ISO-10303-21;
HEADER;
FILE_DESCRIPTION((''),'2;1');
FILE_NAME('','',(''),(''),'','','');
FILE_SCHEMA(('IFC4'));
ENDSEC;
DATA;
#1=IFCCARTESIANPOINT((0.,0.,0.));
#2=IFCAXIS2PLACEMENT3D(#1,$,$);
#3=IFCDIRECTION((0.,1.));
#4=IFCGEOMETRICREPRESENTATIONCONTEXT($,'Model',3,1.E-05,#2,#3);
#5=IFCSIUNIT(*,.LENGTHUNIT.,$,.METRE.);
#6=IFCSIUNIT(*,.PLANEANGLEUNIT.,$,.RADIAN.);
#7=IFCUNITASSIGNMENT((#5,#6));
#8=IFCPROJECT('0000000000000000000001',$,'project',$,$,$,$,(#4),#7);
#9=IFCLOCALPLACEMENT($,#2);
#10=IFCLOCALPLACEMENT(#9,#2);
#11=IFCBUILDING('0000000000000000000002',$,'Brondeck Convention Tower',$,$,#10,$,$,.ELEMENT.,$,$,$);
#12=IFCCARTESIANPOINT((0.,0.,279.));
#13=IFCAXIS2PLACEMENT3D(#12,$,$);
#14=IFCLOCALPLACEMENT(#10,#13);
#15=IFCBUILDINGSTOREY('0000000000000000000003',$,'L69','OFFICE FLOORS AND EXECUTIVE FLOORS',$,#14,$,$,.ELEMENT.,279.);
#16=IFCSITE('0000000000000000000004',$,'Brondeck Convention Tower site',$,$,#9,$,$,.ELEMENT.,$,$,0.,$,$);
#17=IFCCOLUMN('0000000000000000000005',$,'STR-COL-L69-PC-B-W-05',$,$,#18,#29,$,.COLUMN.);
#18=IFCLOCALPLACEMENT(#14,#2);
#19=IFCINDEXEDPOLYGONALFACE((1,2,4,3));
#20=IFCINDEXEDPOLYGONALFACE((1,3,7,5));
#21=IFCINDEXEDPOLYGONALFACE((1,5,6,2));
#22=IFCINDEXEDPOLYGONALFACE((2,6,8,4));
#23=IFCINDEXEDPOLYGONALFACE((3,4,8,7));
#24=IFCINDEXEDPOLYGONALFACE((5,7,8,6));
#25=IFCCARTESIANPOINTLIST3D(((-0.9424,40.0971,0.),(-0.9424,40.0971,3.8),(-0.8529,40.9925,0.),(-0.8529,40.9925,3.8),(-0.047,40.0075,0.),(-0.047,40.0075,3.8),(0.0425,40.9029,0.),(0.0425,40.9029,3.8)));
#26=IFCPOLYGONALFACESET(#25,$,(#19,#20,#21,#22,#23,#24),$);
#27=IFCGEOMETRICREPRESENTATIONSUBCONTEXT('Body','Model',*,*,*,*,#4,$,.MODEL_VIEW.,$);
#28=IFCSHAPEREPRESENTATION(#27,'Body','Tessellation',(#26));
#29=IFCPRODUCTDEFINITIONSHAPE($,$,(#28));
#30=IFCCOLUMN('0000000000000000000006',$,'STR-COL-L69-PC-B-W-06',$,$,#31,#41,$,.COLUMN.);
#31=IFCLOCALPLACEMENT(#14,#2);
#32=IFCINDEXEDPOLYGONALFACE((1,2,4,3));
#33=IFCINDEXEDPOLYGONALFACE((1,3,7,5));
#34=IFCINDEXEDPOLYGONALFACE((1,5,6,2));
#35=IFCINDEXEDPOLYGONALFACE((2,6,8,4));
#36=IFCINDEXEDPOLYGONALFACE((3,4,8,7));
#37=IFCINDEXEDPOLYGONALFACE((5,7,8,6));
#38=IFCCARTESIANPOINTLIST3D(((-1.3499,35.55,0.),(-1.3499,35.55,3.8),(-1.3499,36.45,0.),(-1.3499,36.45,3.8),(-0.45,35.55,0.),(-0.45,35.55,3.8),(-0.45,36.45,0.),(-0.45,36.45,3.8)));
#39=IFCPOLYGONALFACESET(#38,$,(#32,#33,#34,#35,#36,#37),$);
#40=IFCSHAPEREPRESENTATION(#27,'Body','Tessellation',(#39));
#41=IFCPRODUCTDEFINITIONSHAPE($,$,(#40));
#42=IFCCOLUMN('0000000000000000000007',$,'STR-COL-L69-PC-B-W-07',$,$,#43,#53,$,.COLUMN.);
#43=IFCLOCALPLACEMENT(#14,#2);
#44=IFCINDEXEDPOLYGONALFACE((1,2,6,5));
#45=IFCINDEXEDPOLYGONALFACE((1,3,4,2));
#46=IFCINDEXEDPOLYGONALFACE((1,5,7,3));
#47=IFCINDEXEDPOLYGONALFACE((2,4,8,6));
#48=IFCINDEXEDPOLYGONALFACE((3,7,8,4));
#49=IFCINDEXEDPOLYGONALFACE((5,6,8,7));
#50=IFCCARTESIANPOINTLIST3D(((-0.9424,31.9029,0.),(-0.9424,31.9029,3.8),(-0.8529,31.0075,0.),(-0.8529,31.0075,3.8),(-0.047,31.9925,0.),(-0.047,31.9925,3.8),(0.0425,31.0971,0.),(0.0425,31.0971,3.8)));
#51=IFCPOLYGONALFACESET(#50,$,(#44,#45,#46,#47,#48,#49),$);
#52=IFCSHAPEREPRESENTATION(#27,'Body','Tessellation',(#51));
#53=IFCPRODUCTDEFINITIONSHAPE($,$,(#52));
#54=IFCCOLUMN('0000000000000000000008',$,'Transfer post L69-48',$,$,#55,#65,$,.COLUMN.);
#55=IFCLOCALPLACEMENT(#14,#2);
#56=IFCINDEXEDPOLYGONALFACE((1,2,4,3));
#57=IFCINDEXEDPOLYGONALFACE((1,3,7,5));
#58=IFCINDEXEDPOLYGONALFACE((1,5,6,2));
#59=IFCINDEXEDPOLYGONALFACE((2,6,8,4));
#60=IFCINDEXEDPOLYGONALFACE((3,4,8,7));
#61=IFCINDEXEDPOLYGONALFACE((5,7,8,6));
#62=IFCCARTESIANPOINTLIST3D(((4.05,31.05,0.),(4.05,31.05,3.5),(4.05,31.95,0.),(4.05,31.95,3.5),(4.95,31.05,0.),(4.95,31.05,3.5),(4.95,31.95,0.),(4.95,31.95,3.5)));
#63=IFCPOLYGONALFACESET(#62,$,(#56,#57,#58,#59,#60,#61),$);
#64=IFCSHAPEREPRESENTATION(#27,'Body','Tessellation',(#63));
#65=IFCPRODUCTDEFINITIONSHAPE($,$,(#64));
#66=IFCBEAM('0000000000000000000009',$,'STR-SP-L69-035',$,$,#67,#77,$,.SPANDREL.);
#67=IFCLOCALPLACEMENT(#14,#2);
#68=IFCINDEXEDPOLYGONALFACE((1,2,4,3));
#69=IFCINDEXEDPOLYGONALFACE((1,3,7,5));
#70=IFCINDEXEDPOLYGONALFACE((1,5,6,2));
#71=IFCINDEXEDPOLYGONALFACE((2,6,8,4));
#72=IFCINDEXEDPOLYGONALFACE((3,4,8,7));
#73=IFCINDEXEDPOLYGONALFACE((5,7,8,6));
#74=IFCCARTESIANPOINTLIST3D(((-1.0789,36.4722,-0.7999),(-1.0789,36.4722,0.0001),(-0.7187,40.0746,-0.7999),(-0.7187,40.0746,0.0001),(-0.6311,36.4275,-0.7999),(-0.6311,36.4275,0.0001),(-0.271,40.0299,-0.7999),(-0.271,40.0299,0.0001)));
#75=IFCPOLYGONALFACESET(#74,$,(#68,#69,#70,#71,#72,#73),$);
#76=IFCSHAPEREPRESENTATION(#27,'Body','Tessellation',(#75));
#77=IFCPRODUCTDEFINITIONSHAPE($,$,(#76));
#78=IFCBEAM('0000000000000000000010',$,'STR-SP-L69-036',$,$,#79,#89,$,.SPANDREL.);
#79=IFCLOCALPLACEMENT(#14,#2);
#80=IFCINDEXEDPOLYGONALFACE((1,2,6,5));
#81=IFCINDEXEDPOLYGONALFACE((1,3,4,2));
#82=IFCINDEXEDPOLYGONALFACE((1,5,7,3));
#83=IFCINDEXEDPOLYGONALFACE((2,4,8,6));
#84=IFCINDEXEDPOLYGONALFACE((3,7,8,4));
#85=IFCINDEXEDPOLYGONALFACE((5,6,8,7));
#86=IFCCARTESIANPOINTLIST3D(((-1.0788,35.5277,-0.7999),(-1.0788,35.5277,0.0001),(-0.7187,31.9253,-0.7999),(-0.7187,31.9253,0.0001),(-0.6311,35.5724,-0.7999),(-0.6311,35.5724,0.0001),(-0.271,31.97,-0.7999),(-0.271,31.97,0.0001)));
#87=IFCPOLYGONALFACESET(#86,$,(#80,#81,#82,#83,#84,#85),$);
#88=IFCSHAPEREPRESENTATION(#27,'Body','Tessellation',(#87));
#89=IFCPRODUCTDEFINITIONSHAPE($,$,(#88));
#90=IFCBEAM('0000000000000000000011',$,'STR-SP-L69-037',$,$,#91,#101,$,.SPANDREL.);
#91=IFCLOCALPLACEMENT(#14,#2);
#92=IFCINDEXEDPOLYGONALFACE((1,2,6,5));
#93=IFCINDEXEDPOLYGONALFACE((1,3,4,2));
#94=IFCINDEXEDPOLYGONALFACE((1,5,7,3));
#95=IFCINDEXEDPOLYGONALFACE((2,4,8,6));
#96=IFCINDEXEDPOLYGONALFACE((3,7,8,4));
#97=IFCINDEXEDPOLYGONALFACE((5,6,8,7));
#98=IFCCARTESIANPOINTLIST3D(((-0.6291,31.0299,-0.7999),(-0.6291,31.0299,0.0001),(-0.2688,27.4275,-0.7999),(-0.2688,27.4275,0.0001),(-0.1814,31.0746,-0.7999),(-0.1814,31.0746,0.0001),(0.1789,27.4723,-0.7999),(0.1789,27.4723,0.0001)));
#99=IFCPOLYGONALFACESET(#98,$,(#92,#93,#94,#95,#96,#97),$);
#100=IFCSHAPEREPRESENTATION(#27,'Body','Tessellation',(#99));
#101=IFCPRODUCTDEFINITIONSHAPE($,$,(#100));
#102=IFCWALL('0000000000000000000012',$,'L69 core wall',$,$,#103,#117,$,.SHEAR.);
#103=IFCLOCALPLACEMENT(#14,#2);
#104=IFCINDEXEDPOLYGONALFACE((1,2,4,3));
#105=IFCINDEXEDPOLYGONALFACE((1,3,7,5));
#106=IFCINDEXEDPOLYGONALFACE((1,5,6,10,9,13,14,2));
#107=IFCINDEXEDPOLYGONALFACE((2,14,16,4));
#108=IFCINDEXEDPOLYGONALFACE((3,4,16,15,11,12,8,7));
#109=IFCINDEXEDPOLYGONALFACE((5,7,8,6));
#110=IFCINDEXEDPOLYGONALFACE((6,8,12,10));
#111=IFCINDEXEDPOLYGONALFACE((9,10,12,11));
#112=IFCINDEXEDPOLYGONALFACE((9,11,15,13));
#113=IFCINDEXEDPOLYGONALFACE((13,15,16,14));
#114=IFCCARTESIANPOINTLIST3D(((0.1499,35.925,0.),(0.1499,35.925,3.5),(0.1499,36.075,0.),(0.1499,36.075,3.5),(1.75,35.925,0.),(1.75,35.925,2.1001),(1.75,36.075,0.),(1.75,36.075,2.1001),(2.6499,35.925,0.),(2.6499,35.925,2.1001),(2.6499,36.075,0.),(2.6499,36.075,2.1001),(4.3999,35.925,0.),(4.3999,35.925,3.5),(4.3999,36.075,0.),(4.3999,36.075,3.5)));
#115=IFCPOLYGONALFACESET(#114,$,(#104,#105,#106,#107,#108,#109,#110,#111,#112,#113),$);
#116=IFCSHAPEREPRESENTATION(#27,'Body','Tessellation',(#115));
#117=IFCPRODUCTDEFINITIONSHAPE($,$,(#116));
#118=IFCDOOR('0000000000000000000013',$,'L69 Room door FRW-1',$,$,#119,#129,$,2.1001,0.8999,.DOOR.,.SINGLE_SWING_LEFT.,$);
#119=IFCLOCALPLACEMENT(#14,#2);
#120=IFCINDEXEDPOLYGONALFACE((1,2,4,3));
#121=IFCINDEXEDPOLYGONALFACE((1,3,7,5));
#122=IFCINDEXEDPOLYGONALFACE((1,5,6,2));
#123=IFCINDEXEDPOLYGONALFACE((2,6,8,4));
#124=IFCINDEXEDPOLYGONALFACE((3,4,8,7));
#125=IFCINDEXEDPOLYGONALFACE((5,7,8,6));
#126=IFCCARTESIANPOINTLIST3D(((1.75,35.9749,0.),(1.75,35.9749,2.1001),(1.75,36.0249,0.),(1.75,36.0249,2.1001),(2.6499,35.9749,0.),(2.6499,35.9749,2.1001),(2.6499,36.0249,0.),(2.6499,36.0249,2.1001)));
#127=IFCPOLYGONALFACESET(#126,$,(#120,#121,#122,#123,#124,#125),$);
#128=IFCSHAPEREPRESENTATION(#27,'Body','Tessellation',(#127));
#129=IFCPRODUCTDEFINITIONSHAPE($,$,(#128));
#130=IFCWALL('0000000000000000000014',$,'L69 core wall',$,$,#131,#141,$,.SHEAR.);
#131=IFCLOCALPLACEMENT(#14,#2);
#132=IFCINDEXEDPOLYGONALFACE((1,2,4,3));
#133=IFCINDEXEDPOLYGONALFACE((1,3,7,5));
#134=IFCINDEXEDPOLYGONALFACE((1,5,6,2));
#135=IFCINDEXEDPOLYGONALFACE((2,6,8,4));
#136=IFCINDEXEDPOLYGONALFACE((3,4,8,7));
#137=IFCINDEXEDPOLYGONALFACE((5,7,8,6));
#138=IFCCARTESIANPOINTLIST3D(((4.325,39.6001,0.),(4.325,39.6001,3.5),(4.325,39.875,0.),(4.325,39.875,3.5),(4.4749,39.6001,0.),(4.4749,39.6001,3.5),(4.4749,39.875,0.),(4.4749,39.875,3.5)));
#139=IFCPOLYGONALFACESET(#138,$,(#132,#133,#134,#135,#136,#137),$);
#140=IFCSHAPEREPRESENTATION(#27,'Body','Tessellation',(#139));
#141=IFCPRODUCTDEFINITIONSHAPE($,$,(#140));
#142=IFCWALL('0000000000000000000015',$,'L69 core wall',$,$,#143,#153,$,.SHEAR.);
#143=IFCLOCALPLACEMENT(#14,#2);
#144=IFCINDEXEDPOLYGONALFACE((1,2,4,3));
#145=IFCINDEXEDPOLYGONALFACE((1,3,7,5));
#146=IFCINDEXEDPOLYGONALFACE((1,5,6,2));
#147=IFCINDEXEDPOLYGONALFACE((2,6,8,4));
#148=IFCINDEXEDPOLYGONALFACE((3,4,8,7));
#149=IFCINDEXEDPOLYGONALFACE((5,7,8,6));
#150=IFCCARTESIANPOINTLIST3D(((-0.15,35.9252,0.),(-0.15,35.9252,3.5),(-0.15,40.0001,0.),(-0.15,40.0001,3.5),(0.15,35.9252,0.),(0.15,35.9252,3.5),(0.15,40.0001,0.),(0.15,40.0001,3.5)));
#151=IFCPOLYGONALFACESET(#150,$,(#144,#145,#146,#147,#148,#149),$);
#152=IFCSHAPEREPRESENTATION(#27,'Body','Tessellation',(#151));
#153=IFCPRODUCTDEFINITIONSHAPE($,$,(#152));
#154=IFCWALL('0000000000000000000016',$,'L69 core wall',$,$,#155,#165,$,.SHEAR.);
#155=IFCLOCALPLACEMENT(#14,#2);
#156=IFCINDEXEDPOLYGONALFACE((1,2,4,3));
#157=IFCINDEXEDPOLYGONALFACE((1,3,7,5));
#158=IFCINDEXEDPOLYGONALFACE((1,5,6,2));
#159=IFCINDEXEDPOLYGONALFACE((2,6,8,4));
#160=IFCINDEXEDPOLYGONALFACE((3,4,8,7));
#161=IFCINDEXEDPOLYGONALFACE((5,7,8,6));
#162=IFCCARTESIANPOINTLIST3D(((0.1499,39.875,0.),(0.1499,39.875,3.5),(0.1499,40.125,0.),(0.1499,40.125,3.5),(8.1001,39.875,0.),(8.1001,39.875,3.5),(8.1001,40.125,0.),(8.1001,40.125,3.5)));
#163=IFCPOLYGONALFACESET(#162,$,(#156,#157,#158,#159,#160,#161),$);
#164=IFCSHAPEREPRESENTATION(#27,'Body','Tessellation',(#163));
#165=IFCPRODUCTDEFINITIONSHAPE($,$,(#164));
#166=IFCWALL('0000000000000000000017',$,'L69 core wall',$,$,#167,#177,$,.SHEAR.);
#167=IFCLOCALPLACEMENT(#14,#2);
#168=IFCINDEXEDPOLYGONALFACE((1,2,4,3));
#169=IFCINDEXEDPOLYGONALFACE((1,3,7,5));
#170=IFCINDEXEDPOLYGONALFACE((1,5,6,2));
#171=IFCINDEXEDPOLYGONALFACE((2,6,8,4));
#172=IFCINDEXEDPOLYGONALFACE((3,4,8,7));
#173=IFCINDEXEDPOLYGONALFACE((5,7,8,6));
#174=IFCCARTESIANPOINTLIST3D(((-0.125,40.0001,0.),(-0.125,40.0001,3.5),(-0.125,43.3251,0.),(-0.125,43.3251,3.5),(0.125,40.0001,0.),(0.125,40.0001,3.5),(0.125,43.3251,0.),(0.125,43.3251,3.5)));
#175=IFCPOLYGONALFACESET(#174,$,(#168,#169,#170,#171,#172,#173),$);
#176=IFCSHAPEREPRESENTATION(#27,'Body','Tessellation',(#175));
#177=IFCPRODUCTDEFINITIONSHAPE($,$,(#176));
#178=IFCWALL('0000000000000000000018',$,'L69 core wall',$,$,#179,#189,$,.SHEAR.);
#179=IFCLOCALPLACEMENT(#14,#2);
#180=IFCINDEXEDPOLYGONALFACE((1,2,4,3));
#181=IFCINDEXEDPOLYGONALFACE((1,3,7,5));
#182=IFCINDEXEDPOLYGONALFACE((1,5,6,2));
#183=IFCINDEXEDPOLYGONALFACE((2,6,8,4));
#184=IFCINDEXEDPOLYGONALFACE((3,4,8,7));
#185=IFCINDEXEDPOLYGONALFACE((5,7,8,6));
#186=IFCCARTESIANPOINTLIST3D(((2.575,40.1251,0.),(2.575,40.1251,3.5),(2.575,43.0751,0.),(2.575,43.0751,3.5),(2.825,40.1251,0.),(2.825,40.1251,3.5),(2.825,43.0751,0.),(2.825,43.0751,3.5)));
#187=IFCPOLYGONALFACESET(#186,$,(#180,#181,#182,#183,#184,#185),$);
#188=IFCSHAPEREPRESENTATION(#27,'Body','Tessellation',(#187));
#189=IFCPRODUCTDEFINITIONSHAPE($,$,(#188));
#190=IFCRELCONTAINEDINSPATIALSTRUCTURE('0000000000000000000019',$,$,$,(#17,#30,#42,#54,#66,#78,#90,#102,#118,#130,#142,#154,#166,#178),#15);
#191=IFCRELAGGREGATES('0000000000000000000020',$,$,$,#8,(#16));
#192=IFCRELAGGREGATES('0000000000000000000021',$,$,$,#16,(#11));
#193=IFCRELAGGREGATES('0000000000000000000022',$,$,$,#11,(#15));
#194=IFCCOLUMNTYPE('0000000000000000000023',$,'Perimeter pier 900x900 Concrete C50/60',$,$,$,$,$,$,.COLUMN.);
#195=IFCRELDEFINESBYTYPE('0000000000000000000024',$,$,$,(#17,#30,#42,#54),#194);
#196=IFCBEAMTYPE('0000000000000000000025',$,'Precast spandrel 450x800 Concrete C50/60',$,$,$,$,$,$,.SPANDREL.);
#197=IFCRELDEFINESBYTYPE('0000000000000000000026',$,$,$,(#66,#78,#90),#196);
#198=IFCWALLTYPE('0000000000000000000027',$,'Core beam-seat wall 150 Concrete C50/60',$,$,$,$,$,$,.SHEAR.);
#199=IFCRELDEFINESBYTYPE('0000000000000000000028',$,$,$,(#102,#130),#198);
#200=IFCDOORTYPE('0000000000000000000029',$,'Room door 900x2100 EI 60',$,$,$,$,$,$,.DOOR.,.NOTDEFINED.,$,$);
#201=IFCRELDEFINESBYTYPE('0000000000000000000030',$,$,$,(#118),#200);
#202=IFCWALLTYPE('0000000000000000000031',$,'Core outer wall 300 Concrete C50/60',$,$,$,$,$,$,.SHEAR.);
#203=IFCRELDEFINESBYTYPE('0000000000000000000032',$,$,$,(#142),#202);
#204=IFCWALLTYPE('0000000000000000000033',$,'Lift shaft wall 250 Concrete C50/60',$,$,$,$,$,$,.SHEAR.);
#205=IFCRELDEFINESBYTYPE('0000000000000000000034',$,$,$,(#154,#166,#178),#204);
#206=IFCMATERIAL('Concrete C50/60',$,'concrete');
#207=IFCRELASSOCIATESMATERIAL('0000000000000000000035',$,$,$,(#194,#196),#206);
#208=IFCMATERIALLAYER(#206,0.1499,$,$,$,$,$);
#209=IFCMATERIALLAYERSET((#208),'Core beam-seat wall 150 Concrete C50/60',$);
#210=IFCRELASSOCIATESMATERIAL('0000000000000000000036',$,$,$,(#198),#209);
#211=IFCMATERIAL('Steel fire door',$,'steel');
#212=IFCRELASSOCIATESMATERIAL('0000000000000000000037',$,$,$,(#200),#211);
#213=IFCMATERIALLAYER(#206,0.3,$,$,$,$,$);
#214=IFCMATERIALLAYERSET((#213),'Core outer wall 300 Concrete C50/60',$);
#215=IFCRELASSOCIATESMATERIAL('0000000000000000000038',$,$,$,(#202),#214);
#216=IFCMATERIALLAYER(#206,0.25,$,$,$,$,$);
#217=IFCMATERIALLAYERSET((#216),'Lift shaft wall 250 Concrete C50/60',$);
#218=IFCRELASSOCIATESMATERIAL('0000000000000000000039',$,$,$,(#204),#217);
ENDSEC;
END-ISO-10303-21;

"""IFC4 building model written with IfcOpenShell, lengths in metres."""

from ifc_helpers import new_model, si_unit, direction, frame, frame_2d, origin, origin_2d, place, context, subcontext, project, spatial, rectangle, extrude, material, layer, layer_set, material_profile, profile_set, type_object, element, fill, save


model = new_model("IFC4")

# Units and contexts
model_context = context("Model", 3, precision=1e-05, world=origin(), true_north=direction((0.0, 1.0)))
body_context = subcontext(model_context, "Body", "Model", "MODEL_VIEW")
ifc_project = project(units=[si_unit("LENGTHUNIT", "METRE"), si_unit("PLANEANGLEUNIT", "RADIAN")], contexts=[model_context])

# Site, building, storey
site_placement = place(None, origin())
site = spatial("IfcSite", under=ifc_project, at=site_placement, Name="Brondeck Convention Tower site", CompositionType="ELEMENT", RefElevation=0.0)
building_placement = place(site_placement, origin())
building = spatial("IfcBuilding", under=site, at=building_placement, Name="Brondeck Convention Tower", CompositionType="ELEMENT")
storey_placement = place(building_placement, frame((0.0, 0.0, 279.0)))
storey = spatial("IfcBuildingStorey", under=building, at=storey_placement, Name="L69", Description="OFFICE FLOORS AND EXECUTIVE FLOORS", CompositionType="ELEMENT", Elevation=279.0)

# Columns
ifc_material_1 = material(Name="Concrete C50/60", Category="concrete")
ifc_material_profile_1 = material_profile(ifc_material_1, rectangle(XDim=0.8999, YDim=0.8999, at=origin_2d()), Name="Perimeter pier 900x900 Concrete C50/60")
ifc_profile_set_1 = profile_set([ifc_material_profile_1], Name="Concrete C50/60")
column_type = type_object("IfcColumnType", Name="Perimeter pier 900x900 Concrete C50/60", PredefinedType="COLUMN", material=ifc_profile_set_1)
for number, where, z_axis, x_axis, name in (
    (1, (-0.45, 40.5, 0.0), (0.0, 0.0, 1.0), (-0.099504, -0.995037, 0.0), "STR-COL-L69-PC-B-W-05"),
    (2, (-0.8999, 36.0, 0.0), (0.0, 0.0, 1.0), (0.0, -1.0, 0.0), "STR-COL-L69-PC-B-W-06"),
    (3, (-0.45, 31.5, 0.0), (0.0, 0.0, 1.0), (0.099504, -0.995037, 0.0), "STR-COL-L69-PC-B-W-07"),
):
    element("IfcColumn", number, at=place(storey_placement, frame(where, z_axis=z_axis, x_axis=x_axis)), inside=storey, type_object=column_type, Name=name, PredefinedType="COLUMN", context=body_context, shape_type="SweptSolid", body=[
        extrude(rectangle(XDim=0.8999, YDim=0.8999, at=origin_2d()), origin(), (0.0, 0.0, 1.0), 3.8),
    ])
column_placement = place(storey_placement, frame((4.5, 31.5, 0.0), z_axis=(0.0, 0.0, 1.0), x_axis=(1.0, 0.0, 0.0)))
element("IfcColumn", 4, at=column_placement, inside=storey, type_object=column_type, Name="Transfer post L69-48", PredefinedType="COLUMN", context=body_context, shape_type="SweptSolid", body=[
    extrude(rectangle(XDim=0.8999, YDim=0.8999, at=origin_2d()), origin(), (0.0, 0.0, 1.0), 3.5),
])

# Beams
ifc_material_profile_2 = material_profile(ifc_material_1, rectangle(XDim=0.45, YDim=0.8, at=origin_2d()), Name="Precast spandrel 450x800 Concrete C50/60")
ifc_profile_set_2 = profile_set([ifc_material_profile_2], Name="Concrete C50/60")
beam_type = type_object("IfcBeamType", Name="Precast spandrel 450x800 Concrete C50/60", PredefinedType="SPANDREL", material=ifc_profile_set_2)
for number, where, z_axis, x_axis, name in (
    (5, (-0.4949, 40.0522, -0.3999), (-0.09947, -0.995041, 0.0), (0.995041, -0.09947, 0.0), "STR-SP-L69-035"),
    (6, (-0.855, 35.55, -0.3999), (0.09947, -0.995041, 0.0), (0.995041, 0.09947, 0.0), "STR-SP-L69-036"),
    (7, (-0.4053, 31.0522, -0.3999), (0.099537, -0.995034, 0.0), (0.995034, 0.099537, 0.0), "STR-SP-L69-037"),
):
    element("IfcBeam", number, at=place(storey_placement, frame(where, z_axis=z_axis, x_axis=x_axis)), inside=storey, type_object=beam_type, Name=name, PredefinedType="SPANDREL", context=body_context, shape_type="SweptSolid", body=[
        extrude(rectangle(XDim=0.45, YDim=0.8, at=origin_2d()), origin(), (0.0, 0.0, 1.0), 3.6204),
    ])

# Wall, opening, door
ifc_layer_1 = layer(ifc_material_1, 0.1499)
ifc_layer_set_1 = layer_set([ifc_layer_1], Name="Core beam-seat wall 150 Concrete C50/60")
wall_type_1 = type_object("IfcWallType", Name="Core beam-seat wall 150 Concrete C50/60", PredefinedType="SHEAR", material=ifc_layer_set_1)
wall_1_placement = place(storey_placement, frame((0.1499, 36.0, 0.0), z_axis=(0.0, 0.0, 1.0), x_axis=(1.0, 0.0, 0.0)))
wall_1 = element("IfcWall", 8, at=wall_1_placement, inside=storey, type_object=wall_type_1, Name="L69 core wall", PredefinedType="SHEAR", context=body_context, shape_type="SweptSolid", body=[
    extrude(rectangle(XDim=4.25, YDim=0.1499, at=frame_2d((2.125, 0.0))), origin(), (0.0, 0.0, 1.0), 3.5),
])
opening_1_placement = place(wall_1_placement, frame((1.6001, 0.0, 0.0)))
opening_1 = element("IfcOpeningElement", 9, at=opening_1_placement, cuts=wall_1, PredefinedType="OPENING", context=body_context, shape_type="SweptSolid", body=[
    extrude(rectangle(XDim=0.8999, YDim=2.1001, at=frame_2d((0.45, 1.05))), frame((0.0, 0.085, 0.0), z_axis=(0.0, -1.0, 0.0), x_axis=(1.0, 0.0, 0.0)), (0.0, 0.0, 1.0), 0.1699),
])
ifc_material_2 = material(Name="Steel fire door", Category="steel")
door_type_1 = type_object("IfcDoorType", Name="Room door 900x2100 EI 60", OperationType="NOTDEFINED", PredefinedType="DOOR", material=ifc_material_2)
door_1_placement = place(opening_1_placement, origin())
door_1 = element("IfcDoor", 10, at=door_1_placement, inside=storey, type_object=door_type_1, Name="L69 Room door FRW-1", OperationType="SINGLE_SWING_LEFT", OverallHeight=2.1001, OverallWidth=0.8999, PredefinedType="DOOR", context=body_context, shape_type="SweptSolid", body=[
    extrude(rectangle(XDim=0.8999, YDim=2.1001, at=frame_2d((0.45, 1.05))), frame((0.0, 0.0249, 0.0), z_axis=(0.0, -1.0, 0.0), x_axis=(1.0, 0.0, 0.0)), (0.0, 0.0, 1.0), 0.05),
])
fill(opening_1, door_1)

# Walls
wall_2_placement = place(storey_placement, frame((4.3999, 39.6001, 0.0), z_axis=(0.0, 0.0, 1.0), x_axis=(0.0, 1.0, 0.0)))
element("IfcWall", 11, at=wall_2_placement, inside=storey, type_object=wall_type_1, Name="L69 core wall", PredefinedType="SHEAR", context=body_context, shape_type="SweptSolid", body=[
    extrude(rectangle(XDim=0.2749, YDim=0.1499, at=frame_2d((0.1375, 0.0))), origin(), (0.0, 0.0, 1.0), 3.5),
])
ifc_layer_2 = layer(ifc_material_1, 0.3)
ifc_layer_set_2 = layer_set([ifc_layer_2], Name="Core outer wall 300 Concrete C50/60")
wall_type_2 = type_object("IfcWallType", Name="Core outer wall 300 Concrete C50/60", PredefinedType="SHEAR", material=ifc_layer_set_2)
wall_3_placement = place(storey_placement, frame((0.0, 35.925, 0.0), z_axis=(0.0, 0.0, 1.0), x_axis=(0.0, 1.0, 0.0)))
element("IfcWall", 12, at=wall_3_placement, inside=storey, type_object=wall_type_2, Name="L69 core wall", PredefinedType="SHEAR", context=body_context, shape_type="SweptSolid", body=[
    extrude(rectangle(XDim=4.075, YDim=0.3, at=frame_2d((2.0376, 0.0))), origin(), (0.0, 0.0, 1.0), 3.5),
])
ifc_layer_3 = layer(ifc_material_1, 0.25)
ifc_layer_set_3 = layer_set([ifc_layer_3], Name="Lift shaft wall 250 Concrete C50/60")
wall_type_3 = type_object("IfcWallType", Name="Lift shaft wall 250 Concrete C50/60", PredefinedType="SHEAR", material=ifc_layer_set_3)
wall_4_placement = place(storey_placement, frame((0.1499, 40.0, 0.0), z_axis=(0.0, 0.0, 1.0), x_axis=(1.0, 0.0, 0.0)))
element("IfcWall", 13, at=wall_4_placement, inside=storey, type_object=wall_type_3, Name="L69 core wall", PredefinedType="SHEAR", context=body_context, shape_type="SweptSolid", body=[
    extrude(rectangle(XDim=7.9502, YDim=0.25, at=frame_2d((3.9751, 0.0))), origin(), (0.0, 0.0, 1.0), 3.5),
])
wall_5_placement = place(storey_placement, frame((0.0, 40.0, 0.0), z_axis=(0.0, 0.0, 1.0), x_axis=(0.0, 1.0, 0.0)))
element("IfcWall", 14, at=wall_5_placement, inside=storey, type_object=wall_type_3, Name="L69 core wall", PredefinedType="SHEAR", context=body_context, shape_type="SweptSolid", body=[
    extrude(rectangle(XDim=3.325, YDim=0.25, at=frame_2d((1.6626, 0.0))), origin(), (0.0, 0.0, 1.0), 3.5),
])
wall_6_placement = place(storey_placement, frame((2.7, 40.125, 0.0), z_axis=(0.0, 0.0, 1.0), x_axis=(0.0, 1.0, 0.0)))
element("IfcWall", 15, at=wall_6_placement, inside=storey, type_object=wall_type_3, Name="L69 core wall", PredefinedType="SHEAR", context=body_context, shape_type="SweptSolid", body=[
    extrude(rectangle(XDim=2.95, YDim=0.25, at=frame_2d((1.4751, 0.0))), origin(), (0.0, 0.0, 1.0), 3.5),
])

save(model, "model.ifc")
